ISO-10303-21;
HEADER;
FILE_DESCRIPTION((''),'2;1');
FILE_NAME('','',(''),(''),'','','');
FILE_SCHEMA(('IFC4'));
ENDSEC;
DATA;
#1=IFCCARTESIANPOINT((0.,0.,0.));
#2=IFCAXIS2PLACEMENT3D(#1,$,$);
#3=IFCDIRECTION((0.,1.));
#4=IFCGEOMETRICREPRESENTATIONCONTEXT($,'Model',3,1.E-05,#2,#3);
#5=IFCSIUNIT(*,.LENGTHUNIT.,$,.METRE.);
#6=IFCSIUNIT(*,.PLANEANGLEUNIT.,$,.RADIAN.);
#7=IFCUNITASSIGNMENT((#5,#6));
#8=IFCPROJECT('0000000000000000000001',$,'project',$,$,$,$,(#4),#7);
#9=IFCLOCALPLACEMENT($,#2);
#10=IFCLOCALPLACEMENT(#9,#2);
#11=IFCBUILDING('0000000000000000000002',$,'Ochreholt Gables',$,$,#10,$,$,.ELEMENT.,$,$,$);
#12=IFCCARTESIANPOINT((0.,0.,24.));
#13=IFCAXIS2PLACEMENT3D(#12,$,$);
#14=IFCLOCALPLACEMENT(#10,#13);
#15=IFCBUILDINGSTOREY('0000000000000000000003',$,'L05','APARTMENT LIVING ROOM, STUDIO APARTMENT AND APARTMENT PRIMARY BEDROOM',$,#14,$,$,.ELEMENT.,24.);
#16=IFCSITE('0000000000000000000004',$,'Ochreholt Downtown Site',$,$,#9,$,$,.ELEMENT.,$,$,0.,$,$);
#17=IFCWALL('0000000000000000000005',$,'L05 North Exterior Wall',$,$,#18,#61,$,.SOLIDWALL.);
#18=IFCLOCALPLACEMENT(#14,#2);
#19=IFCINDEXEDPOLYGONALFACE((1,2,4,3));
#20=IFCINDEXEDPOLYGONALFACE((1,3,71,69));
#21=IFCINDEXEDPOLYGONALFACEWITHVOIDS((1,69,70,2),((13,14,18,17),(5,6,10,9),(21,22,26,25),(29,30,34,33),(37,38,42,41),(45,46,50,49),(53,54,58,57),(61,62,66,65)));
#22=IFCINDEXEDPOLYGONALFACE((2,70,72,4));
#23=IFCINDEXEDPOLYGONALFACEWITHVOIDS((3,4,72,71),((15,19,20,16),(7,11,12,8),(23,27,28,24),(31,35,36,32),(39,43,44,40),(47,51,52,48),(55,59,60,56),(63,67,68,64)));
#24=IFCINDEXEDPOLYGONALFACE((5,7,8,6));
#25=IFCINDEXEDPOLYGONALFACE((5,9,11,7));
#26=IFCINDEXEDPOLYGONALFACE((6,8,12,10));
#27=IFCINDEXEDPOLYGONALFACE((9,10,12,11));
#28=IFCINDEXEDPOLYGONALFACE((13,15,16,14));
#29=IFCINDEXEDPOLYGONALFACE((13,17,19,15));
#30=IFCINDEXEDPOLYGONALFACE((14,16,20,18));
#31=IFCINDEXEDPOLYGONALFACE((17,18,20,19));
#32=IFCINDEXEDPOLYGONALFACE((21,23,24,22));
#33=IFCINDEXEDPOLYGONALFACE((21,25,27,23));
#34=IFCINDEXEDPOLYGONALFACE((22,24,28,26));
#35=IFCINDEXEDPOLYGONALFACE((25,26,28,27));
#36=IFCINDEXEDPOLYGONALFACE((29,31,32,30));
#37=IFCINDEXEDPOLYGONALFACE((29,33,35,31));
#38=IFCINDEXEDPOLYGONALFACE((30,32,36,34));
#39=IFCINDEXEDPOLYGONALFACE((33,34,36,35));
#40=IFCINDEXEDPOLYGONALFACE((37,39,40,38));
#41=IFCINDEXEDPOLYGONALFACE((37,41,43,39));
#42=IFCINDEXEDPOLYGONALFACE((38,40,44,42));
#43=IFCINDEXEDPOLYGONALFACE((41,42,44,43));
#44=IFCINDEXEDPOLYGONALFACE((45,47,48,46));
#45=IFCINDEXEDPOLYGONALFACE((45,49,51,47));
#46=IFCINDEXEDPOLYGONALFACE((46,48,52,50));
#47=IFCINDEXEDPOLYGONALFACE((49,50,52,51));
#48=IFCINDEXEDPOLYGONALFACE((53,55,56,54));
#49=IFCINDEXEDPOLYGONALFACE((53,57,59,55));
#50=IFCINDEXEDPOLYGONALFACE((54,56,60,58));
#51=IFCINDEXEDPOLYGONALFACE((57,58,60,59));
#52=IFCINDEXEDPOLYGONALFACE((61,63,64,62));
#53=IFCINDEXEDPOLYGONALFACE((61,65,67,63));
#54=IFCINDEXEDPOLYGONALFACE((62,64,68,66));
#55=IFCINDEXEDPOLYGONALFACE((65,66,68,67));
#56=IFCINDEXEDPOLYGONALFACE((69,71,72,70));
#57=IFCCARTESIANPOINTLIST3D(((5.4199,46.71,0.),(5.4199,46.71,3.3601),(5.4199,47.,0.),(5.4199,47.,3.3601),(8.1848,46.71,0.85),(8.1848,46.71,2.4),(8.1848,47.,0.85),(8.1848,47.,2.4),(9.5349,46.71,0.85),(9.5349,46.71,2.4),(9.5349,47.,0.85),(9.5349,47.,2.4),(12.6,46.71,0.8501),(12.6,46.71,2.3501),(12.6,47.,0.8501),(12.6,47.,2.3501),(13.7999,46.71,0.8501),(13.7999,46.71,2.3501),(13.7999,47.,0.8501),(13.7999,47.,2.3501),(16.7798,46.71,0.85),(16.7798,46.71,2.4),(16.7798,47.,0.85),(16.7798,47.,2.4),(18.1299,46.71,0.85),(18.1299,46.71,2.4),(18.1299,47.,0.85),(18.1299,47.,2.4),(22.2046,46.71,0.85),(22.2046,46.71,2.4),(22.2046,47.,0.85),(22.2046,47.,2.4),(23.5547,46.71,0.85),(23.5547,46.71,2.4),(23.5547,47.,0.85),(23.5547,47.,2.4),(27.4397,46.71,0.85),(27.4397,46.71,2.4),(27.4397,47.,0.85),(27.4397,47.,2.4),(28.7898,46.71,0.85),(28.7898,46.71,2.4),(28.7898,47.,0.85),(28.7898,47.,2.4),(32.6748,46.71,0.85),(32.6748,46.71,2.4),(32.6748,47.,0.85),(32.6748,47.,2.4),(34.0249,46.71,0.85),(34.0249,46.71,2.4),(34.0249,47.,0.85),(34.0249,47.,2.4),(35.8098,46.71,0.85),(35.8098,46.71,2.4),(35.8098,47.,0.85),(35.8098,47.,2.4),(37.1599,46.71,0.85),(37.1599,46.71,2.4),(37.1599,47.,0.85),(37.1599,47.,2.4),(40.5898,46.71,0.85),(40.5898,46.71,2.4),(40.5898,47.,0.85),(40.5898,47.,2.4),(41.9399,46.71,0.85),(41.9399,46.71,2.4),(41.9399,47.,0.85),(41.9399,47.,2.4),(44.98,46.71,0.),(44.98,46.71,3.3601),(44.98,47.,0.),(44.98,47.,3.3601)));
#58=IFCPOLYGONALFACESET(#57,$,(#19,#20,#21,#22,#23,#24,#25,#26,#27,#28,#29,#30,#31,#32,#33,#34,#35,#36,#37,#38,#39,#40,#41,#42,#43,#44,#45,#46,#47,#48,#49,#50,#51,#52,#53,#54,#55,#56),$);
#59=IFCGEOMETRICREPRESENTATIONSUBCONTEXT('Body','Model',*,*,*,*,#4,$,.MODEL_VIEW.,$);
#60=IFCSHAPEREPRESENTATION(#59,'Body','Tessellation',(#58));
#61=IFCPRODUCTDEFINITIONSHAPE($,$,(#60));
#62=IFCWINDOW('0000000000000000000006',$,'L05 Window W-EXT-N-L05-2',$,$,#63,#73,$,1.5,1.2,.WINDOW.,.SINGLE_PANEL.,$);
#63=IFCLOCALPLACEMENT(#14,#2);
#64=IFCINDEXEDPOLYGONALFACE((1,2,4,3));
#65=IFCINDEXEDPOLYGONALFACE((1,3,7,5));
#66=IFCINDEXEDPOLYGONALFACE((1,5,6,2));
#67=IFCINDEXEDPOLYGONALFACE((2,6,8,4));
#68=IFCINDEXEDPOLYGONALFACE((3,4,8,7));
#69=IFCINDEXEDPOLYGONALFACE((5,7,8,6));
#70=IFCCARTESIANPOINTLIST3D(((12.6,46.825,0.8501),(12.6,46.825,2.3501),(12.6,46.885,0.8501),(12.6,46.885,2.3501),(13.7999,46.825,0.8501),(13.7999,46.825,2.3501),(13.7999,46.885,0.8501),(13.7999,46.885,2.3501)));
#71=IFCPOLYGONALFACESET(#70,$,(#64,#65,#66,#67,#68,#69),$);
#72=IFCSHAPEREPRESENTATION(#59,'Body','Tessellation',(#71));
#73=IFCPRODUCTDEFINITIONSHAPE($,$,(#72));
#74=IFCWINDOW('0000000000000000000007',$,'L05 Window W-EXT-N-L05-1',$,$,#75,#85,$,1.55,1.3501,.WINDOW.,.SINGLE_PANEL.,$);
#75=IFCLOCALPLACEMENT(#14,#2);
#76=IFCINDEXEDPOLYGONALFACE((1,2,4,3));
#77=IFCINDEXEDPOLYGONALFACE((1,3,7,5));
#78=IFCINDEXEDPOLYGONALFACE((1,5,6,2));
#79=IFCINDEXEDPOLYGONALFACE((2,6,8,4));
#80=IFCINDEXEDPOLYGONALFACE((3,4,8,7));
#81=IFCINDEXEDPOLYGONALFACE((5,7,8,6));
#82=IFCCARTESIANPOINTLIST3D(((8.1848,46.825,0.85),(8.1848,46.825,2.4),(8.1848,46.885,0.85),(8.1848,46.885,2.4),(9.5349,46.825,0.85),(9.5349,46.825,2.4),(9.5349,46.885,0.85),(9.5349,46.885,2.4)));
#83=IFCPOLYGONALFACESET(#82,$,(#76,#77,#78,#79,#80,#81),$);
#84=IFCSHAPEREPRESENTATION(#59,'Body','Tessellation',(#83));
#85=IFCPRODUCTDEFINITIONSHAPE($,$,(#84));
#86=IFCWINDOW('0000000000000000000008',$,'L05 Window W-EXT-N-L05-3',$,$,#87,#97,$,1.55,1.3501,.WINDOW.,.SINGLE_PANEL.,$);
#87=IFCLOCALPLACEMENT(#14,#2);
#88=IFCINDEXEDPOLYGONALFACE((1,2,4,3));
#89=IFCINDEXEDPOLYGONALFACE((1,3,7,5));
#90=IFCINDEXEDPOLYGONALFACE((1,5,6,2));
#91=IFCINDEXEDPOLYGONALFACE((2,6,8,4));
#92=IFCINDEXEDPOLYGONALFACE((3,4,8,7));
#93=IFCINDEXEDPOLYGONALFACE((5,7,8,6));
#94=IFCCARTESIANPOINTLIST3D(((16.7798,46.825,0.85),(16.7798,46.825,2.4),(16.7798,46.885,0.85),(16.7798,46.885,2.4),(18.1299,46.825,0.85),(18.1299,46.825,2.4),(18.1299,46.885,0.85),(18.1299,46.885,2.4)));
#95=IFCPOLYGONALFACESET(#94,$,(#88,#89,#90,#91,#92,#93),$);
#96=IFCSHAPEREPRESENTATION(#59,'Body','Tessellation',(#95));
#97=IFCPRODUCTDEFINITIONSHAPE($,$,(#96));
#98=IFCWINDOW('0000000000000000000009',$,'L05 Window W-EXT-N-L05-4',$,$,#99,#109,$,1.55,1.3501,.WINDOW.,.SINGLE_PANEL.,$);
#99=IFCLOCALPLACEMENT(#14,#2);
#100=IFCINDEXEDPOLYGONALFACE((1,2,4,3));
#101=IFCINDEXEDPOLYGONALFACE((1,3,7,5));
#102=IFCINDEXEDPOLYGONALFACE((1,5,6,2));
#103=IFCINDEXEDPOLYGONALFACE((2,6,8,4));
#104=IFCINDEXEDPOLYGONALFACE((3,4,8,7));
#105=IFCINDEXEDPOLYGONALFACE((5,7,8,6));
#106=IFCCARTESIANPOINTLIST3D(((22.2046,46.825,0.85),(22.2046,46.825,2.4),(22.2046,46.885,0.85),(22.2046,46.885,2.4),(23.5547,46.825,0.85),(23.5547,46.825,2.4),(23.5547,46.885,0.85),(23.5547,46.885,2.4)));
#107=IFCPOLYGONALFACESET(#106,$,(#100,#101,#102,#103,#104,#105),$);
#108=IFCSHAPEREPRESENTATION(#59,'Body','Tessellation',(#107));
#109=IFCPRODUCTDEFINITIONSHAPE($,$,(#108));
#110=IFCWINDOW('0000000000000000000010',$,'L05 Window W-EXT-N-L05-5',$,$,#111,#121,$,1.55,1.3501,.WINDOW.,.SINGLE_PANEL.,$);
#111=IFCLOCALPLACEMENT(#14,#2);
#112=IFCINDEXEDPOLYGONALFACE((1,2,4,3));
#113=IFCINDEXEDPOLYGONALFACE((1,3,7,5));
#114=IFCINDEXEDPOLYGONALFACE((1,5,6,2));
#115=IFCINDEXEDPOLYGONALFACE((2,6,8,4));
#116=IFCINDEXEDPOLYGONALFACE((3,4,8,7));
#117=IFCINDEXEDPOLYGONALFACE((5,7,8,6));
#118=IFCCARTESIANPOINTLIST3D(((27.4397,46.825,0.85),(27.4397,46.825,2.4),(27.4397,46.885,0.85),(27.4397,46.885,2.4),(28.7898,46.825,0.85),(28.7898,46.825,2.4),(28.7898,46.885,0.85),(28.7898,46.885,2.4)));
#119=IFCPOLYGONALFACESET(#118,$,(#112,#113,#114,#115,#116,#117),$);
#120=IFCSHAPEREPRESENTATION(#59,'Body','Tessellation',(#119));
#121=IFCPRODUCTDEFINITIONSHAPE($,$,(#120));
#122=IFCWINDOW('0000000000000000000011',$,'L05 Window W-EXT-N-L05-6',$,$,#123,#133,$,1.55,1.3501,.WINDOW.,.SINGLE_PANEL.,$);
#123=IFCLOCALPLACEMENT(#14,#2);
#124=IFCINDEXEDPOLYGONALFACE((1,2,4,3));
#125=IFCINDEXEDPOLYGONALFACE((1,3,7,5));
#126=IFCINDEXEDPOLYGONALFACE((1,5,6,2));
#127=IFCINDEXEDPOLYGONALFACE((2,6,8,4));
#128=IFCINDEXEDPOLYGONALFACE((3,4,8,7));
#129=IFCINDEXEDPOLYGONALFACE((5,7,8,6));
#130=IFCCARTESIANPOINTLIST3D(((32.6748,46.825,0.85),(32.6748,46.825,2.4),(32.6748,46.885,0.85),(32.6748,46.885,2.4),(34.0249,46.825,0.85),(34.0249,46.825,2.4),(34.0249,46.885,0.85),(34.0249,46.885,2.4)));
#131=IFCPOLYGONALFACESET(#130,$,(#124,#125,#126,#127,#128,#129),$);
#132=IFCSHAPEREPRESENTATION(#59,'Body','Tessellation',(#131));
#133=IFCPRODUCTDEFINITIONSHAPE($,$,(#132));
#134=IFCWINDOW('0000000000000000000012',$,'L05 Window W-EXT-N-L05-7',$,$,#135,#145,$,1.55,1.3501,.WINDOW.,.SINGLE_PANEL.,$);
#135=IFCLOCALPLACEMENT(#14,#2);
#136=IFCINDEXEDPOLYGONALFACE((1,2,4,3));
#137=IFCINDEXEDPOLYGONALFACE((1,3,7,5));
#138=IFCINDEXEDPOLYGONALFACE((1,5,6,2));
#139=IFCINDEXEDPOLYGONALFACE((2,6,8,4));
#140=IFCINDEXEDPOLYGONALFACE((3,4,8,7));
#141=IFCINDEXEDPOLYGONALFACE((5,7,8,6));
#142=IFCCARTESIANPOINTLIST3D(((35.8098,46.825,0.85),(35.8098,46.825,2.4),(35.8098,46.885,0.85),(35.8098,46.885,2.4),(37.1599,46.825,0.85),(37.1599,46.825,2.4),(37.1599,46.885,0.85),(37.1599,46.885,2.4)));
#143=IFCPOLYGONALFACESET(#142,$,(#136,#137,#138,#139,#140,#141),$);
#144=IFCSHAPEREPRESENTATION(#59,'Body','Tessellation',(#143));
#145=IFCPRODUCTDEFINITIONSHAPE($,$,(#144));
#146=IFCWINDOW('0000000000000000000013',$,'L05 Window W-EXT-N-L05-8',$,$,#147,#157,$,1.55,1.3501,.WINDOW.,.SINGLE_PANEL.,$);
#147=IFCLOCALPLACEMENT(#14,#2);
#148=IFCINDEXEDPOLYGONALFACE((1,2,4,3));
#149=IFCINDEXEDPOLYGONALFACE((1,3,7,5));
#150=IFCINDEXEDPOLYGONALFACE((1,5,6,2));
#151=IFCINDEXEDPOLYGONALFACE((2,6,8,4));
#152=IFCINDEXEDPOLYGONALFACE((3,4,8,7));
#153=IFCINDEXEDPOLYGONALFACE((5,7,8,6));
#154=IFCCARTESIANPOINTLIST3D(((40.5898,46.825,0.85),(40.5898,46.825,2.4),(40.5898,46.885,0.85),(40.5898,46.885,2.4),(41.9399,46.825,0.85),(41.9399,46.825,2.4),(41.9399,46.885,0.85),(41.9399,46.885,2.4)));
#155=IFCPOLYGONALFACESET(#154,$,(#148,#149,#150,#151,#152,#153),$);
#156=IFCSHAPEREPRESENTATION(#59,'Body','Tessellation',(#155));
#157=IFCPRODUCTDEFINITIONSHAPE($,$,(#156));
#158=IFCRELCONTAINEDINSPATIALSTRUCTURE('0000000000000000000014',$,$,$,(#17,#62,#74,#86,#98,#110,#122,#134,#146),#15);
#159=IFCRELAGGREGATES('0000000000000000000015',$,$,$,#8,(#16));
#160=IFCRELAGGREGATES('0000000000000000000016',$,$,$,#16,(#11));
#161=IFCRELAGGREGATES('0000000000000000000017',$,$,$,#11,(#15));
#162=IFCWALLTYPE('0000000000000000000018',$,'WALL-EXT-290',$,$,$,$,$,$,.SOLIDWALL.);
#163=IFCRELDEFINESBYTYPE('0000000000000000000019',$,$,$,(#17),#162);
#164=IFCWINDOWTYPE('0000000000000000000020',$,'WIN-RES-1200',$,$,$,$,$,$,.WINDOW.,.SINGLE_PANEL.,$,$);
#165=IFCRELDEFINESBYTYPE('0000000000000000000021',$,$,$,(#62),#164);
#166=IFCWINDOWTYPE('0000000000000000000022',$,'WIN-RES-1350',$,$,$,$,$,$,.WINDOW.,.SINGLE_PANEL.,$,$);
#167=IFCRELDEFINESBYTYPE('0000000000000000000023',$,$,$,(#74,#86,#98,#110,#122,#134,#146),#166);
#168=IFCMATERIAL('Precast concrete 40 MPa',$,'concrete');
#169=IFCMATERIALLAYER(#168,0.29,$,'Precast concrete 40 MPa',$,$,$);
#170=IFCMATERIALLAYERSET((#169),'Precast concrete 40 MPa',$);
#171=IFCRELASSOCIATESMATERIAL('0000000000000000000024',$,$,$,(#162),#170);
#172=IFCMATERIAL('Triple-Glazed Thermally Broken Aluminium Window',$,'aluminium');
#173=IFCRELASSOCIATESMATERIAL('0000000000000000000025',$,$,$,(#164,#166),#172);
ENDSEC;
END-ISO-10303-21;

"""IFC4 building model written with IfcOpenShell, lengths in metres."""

from ifc_helpers import new_model, si_unit, direction, frame, frame_2d, origin, place, context, subcontext, project, spatial, rectangle, extrude, material, layer, layer_set, type_object, element, fill, save


model = new_model("IFC4")

# Units and contexts
model_context = context("Model", 3, precision=1e-05, world=origin(), true_north=direction((0.0, 1.0)))
body_context = subcontext(model_context, "Body", "Model", "MODEL_VIEW")
ifc_project = project(units=[si_unit("LENGTHUNIT", "METRE"), si_unit("PLANEANGLEUNIT", "RADIAN")], contexts=[model_context])

# Site, building, storey
site_placement = place(None, origin())
site = spatial("IfcSite", under=ifc_project, at=site_placement, Name="Ochreholt Downtown Site", CompositionType="ELEMENT", RefElevation=0.0)
building_placement = place(site_placement, origin())
building = spatial("IfcBuilding", under=site, at=building_placement, Name="Ochreholt Gables", CompositionType="ELEMENT")
storey_placement = place(building_placement, frame((0.0, 0.0, 24.0)))
storey = spatial("IfcBuildingStorey", under=building, at=storey_placement, Name="L05", Description="APARTMENT LIVING ROOM, STUDIO APARTMENT AND APARTMENT PRIMARY BEDROOM", CompositionType="ELEMENT", Elevation=24.0)

# Wall, openings, windows
ifc_material_1 = material(Name="Precast concrete 40 MPa", Category="concrete")
ifc_layer_1 = layer(ifc_material_1, 0.29, Name="Precast concrete 40 MPa")
ifc_layer_set_1 = layer_set([ifc_layer_1], Name="Precast concrete 40 MPa")
wall_type_1 = type_object("IfcWallType", Name="WALL-EXT-290", PredefinedType="SOLIDWALL", material=ifc_layer_set_1)
wall_1_placement = place(storey_placement, frame((44.98, 46.855, 0.0), z_axis=(0.0, 0.0, 1.0), x_axis=(-1.0, 0.0, 0.0)))
wall_1 = element("IfcWall", 1, at=wall_1_placement, inside=storey, type_object=wall_type_1, Name="L05 North Exterior Wall", PredefinedType="SOLIDWALL", context=body_context, shape_type="SweptSolid", body=[
    extrude(rectangle(XDim=39.5601, YDim=0.29, at=frame_2d((19.78, 0.0))), origin(), (0.0, 0.0, 1.0), 3.3601),
])
opening_1_placement = place(wall_1_placement, frame((35.4451, 0.0, 0.8501)))
opening_1 = element("IfcOpeningElement", 2, at=opening_1_placement, cuts=wall_1, PredefinedType="OPENING", context=body_context, shape_type="SweptSolid", body=[
    extrude(rectangle(XDim=1.3501, YDim=1.55, at=frame_2d((0.675, 0.7749))), frame((0.0, 0.155, 0.0), z_axis=(0.0, -1.0, 0.0), x_axis=(1.0, 0.0, 0.0)), (0.0, 0.0, 1.0), 0.3101),
])
opening_2_placement = place(wall_1_placement, frame((31.1799, 0.0, 0.8501)))
opening_2 = element("IfcOpeningElement", 3, at=opening_2_placement, cuts=wall_1, PredefinedType="OPENING", context=body_context, shape_type="SweptSolid", body=[
    extrude(rectangle(XDim=1.2, YDim=1.5, at=frame_2d((0.6001, 0.75))), frame((0.0, 0.155, 0.0), z_axis=(0.0, -1.0, 0.0), x_axis=(1.0, 0.0, 0.0)), (0.0, 0.0, 1.0), 0.3101),
])
opening_3_placement = place(wall_1_placement, frame((26.8501, 0.0, 0.8501)))
opening_3 = element("IfcOpeningElement", 4, at=opening_3_placement, cuts=wall_1, PredefinedType="OPENING", context=body_context, shape_type="SweptSolid", body=[
    extrude(rectangle(XDim=1.3501, YDim=1.55, at=frame_2d((0.675, 0.7749))), frame((0.0, 0.155, 0.0), z_axis=(0.0, -1.0, 0.0), x_axis=(1.0, 0.0, 0.0)), (0.0, 0.0, 1.0), 0.3101),
])
opening_4_placement = place(wall_1_placement, frame((21.4253, 0.0, 0.8501)))
opening_4 = element("IfcOpeningElement", 5, at=opening_4_placement, cuts=wall_1, PredefinedType="OPENING", context=body_context, shape_type="SweptSolid", body=[
    extrude(rectangle(XDim=1.3501, YDim=1.55, at=frame_2d((0.675, 0.7749))), frame((0.0, 0.155, 0.0), z_axis=(0.0, -1.0, 0.0), x_axis=(1.0, 0.0, 0.0)), (0.0, 0.0, 1.0), 0.3101),
])
opening_5_placement = place(wall_1_placement, frame((16.1902, 0.0, 0.8501)))
opening_5 = element("IfcOpeningElement", 6, at=opening_5_placement, cuts=wall_1, PredefinedType="OPENING", context=body_context, shape_type="SweptSolid", body=[
    extrude(rectangle(XDim=1.3501, YDim=1.55, at=frame_2d((0.675, 0.7749))), frame((0.0, 0.155, 0.0), z_axis=(0.0, -1.0, 0.0), x_axis=(1.0, 0.0, 0.0)), (0.0, 0.0, 1.0), 0.3101),
])
opening_6_placement = place(wall_1_placement, frame((10.9551, 0.0, 0.8501)))
opening_6 = element("IfcOpeningElement", 7, at=opening_6_placement, cuts=wall_1, PredefinedType="OPENING", context=body_context, shape_type="SweptSolid", body=[
    extrude(rectangle(XDim=1.3501, YDim=1.55, at=frame_2d((0.675, 0.7749))), frame((0.0, 0.155, 0.0), z_axis=(0.0, -1.0, 0.0), x_axis=(1.0, 0.0, 0.0)), (0.0, 0.0, 1.0), 0.3101),
])
opening_7_placement = place(wall_1_placement, frame((7.8201, 0.0, 0.8501)))
opening_7 = element("IfcOpeningElement", 8, at=opening_7_placement, cuts=wall_1, PredefinedType="OPENING", context=body_context, shape_type="SweptSolid", body=[
    extrude(rectangle(XDim=1.3501, YDim=1.55, at=frame_2d((0.675, 0.7749))), frame((0.0, 0.155, 0.0), z_axis=(0.0, -1.0, 0.0), x_axis=(1.0, 0.0, 0.0)), (0.0, 0.0, 1.0), 0.3101),
])
opening_8_placement = place(wall_1_placement, frame((3.04, 0.0, 0.8501)))
opening_8 = element("IfcOpeningElement", 9, at=opening_8_placement, cuts=wall_1, PredefinedType="OPENING", context=body_context, shape_type="SweptSolid", body=[
    extrude(rectangle(XDim=1.3501, YDim=1.55, at=frame_2d((0.675, 0.7749))), frame((0.0, 0.155, 0.0), z_axis=(0.0, -1.0, 0.0), x_axis=(1.0, 0.0, 0.0)), (0.0, 0.0, 1.0), 0.3101),
])
ifc_material_2 = material(Name="Triple-Glazed Thermally Broken Aluminium Window", Category="aluminium")
window_type_1 = type_object("IfcWindowType", Name="WIN-RES-1200", PartitioningType="SINGLE_PANEL", PredefinedType="WINDOW", material=ifc_material_2)
window_1_placement = place(opening_2_placement, origin())
window_1 = element("IfcWindow", 10, at=window_1_placement, inside=storey, type_object=window_type_1, Name="L05 Window W-EXT-N-L05-2", OverallHeight=1.5, OverallWidth=1.2, PartitioningType="SINGLE_PANEL", PredefinedType="WINDOW", context=body_context, shape_type="SweptSolid", body=[
    extrude(rectangle(XDim=1.2, YDim=1.5, at=frame_2d((0.6001, 0.75))), frame((0.0, 0.03, 0.0), z_axis=(0.0, -1.0, 0.0), x_axis=(1.0, 0.0, 0.0)), (0.0, 0.0, 1.0), 0.0601),
])
fill(opening_2, window_1)
window_type_2 = type_object("IfcWindowType", Name="WIN-RES-1350", PartitioningType="SINGLE_PANEL", PredefinedType="WINDOW", material=ifc_material_2)
window_2_placement = place(opening_1_placement, origin())
window_2 = element("IfcWindow", 11, at=window_2_placement, inside=storey, type_object=window_type_2, Name="L05 Window W-EXT-N-L05-1", OverallHeight=1.55, OverallWidth=1.3501, PartitioningType="SINGLE_PANEL", PredefinedType="WINDOW", context=body_context, shape_type="SweptSolid", body=[
    extrude(rectangle(XDim=1.3501, YDim=1.55, at=frame_2d((0.675, 0.7749))), frame((0.0, 0.03, 0.0), z_axis=(0.0, -1.0, 0.0), x_axis=(1.0, 0.0, 0.0)), (0.0, 0.0, 1.0), 0.0601),
])
fill(opening_1, window_2)
window_3_placement = place(opening_3_placement, origin())
window_3 = element("IfcWindow", 12, at=window_3_placement, inside=storey, type_object=window_type_2, Name="L05 Window W-EXT-N-L05-3", OverallHeight=1.55, OverallWidth=1.3501, PartitioningType="SINGLE_PANEL", PredefinedType="WINDOW", context=body_context, shape_type="SweptSolid", body=[
    extrude(rectangle(XDim=1.3501, YDim=1.55, at=frame_2d((0.675, 0.7749))), frame((0.0, 0.03, 0.0), z_axis=(0.0, -1.0, 0.0), x_axis=(1.0, 0.0, 0.0)), (0.0, 0.0, 1.0), 0.0601),
])
fill(opening_3, window_3)
window_4_placement = place(opening_4_placement, origin())
window_4 = element("IfcWindow", 13, at=window_4_placement, inside=storey, type_object=window_type_2, Name="L05 Window W-EXT-N-L05-4", OverallHeight=1.55, OverallWidth=1.3501, PartitioningType="SINGLE_PANEL", PredefinedType="WINDOW", context=body_context, shape_type="SweptSolid", body=[
    extrude(rectangle(XDim=1.3501, YDim=1.55, at=frame_2d((0.675, 0.7749))), frame((0.0, 0.03, 0.0), z_axis=(0.0, -1.0, 0.0), x_axis=(1.0, 0.0, 0.0)), (0.0, 0.0, 1.0), 0.0601),
])
fill(opening_4, window_4)
window_5_placement = place(opening_5_placement, origin())
window_5 = element("IfcWindow", 14, at=window_5_placement, inside=storey, type_object=window_type_2, Name="L05 Window W-EXT-N-L05-5", OverallHeight=1.55, OverallWidth=1.3501, PartitioningType="SINGLE_PANEL", PredefinedType="WINDOW", context=body_context, shape_type="SweptSolid", body=[
    extrude(rectangle(XDim=1.3501, YDim=1.55, at=frame_2d((0.675, 0.7749))), frame((0.0, 0.03, 0.0), z_axis=(0.0, -1.0, 0.0), x_axis=(1.0, 0.0, 0.0)), (0.0, 0.0, 1.0), 0.0601),
])
fill(opening_5, window_5)
window_6_placement = place(opening_6_placement, origin())
window_6 = element("IfcWindow", 15, at=window_6_placement, inside=storey, type_object=window_type_2, Name="L05 Window W-EXT-N-L05-6", OverallHeight=1.55, OverallWidth=1.3501, PartitioningType="SINGLE_PANEL", PredefinedType="WINDOW", context=body_context, shape_type="SweptSolid", body=[
    extrude(rectangle(XDim=1.3501, YDim=1.55, at=frame_2d((0.675, 0.7749))), frame((0.0, 0.03, 0.0), z_axis=(0.0, -1.0, 0.0), x_axis=(1.0, 0.0, 0.0)), (0.0, 0.0, 1.0), 0.0601),
])
fill(opening_6, window_6)
window_7_placement = place(opening_7_placement, origin())
window_7 = element("IfcWindow", 16, at=window_7_placement, inside=storey, type_object=window_type_2, Name="L05 Window W-EXT-N-L05-7", OverallHeight=1.55, OverallWidth=1.3501, PartitioningType="SINGLE_PANEL", PredefinedType="WINDOW", context=body_context, shape_type="SweptSolid", body=[
    extrude(rectangle(XDim=1.3501, YDim=1.55, at=frame_2d((0.675, 0.7749))), frame((0.0, 0.03, 0.0), z_axis=(0.0, -1.0, 0.0), x_axis=(1.0, 0.0, 0.0)), (0.0, 0.0, 1.0), 0.0601),
])
fill(opening_7, window_7)
window_8_placement = place(opening_8_placement, origin())
window_8 = element("IfcWindow", 17, at=window_8_placement, inside=storey, type_object=window_type_2, Name="L05 Window W-EXT-N-L05-8", OverallHeight=1.55, OverallWidth=1.3501, PartitioningType="SINGLE_PANEL", PredefinedType="WINDOW", context=body_context, shape_type="SweptSolid", body=[
    extrude(rectangle(XDim=1.3501, YDim=1.55, at=frame_2d((0.675, 0.7749))), frame((0.0, 0.03, 0.0), z_axis=(0.0, -1.0, 0.0), x_axis=(1.0, 0.0, 0.0)), (0.0, 0.0, 1.0), 0.0601),
])
fill(opening_8, window_8)

save(model, "model.ifc")
